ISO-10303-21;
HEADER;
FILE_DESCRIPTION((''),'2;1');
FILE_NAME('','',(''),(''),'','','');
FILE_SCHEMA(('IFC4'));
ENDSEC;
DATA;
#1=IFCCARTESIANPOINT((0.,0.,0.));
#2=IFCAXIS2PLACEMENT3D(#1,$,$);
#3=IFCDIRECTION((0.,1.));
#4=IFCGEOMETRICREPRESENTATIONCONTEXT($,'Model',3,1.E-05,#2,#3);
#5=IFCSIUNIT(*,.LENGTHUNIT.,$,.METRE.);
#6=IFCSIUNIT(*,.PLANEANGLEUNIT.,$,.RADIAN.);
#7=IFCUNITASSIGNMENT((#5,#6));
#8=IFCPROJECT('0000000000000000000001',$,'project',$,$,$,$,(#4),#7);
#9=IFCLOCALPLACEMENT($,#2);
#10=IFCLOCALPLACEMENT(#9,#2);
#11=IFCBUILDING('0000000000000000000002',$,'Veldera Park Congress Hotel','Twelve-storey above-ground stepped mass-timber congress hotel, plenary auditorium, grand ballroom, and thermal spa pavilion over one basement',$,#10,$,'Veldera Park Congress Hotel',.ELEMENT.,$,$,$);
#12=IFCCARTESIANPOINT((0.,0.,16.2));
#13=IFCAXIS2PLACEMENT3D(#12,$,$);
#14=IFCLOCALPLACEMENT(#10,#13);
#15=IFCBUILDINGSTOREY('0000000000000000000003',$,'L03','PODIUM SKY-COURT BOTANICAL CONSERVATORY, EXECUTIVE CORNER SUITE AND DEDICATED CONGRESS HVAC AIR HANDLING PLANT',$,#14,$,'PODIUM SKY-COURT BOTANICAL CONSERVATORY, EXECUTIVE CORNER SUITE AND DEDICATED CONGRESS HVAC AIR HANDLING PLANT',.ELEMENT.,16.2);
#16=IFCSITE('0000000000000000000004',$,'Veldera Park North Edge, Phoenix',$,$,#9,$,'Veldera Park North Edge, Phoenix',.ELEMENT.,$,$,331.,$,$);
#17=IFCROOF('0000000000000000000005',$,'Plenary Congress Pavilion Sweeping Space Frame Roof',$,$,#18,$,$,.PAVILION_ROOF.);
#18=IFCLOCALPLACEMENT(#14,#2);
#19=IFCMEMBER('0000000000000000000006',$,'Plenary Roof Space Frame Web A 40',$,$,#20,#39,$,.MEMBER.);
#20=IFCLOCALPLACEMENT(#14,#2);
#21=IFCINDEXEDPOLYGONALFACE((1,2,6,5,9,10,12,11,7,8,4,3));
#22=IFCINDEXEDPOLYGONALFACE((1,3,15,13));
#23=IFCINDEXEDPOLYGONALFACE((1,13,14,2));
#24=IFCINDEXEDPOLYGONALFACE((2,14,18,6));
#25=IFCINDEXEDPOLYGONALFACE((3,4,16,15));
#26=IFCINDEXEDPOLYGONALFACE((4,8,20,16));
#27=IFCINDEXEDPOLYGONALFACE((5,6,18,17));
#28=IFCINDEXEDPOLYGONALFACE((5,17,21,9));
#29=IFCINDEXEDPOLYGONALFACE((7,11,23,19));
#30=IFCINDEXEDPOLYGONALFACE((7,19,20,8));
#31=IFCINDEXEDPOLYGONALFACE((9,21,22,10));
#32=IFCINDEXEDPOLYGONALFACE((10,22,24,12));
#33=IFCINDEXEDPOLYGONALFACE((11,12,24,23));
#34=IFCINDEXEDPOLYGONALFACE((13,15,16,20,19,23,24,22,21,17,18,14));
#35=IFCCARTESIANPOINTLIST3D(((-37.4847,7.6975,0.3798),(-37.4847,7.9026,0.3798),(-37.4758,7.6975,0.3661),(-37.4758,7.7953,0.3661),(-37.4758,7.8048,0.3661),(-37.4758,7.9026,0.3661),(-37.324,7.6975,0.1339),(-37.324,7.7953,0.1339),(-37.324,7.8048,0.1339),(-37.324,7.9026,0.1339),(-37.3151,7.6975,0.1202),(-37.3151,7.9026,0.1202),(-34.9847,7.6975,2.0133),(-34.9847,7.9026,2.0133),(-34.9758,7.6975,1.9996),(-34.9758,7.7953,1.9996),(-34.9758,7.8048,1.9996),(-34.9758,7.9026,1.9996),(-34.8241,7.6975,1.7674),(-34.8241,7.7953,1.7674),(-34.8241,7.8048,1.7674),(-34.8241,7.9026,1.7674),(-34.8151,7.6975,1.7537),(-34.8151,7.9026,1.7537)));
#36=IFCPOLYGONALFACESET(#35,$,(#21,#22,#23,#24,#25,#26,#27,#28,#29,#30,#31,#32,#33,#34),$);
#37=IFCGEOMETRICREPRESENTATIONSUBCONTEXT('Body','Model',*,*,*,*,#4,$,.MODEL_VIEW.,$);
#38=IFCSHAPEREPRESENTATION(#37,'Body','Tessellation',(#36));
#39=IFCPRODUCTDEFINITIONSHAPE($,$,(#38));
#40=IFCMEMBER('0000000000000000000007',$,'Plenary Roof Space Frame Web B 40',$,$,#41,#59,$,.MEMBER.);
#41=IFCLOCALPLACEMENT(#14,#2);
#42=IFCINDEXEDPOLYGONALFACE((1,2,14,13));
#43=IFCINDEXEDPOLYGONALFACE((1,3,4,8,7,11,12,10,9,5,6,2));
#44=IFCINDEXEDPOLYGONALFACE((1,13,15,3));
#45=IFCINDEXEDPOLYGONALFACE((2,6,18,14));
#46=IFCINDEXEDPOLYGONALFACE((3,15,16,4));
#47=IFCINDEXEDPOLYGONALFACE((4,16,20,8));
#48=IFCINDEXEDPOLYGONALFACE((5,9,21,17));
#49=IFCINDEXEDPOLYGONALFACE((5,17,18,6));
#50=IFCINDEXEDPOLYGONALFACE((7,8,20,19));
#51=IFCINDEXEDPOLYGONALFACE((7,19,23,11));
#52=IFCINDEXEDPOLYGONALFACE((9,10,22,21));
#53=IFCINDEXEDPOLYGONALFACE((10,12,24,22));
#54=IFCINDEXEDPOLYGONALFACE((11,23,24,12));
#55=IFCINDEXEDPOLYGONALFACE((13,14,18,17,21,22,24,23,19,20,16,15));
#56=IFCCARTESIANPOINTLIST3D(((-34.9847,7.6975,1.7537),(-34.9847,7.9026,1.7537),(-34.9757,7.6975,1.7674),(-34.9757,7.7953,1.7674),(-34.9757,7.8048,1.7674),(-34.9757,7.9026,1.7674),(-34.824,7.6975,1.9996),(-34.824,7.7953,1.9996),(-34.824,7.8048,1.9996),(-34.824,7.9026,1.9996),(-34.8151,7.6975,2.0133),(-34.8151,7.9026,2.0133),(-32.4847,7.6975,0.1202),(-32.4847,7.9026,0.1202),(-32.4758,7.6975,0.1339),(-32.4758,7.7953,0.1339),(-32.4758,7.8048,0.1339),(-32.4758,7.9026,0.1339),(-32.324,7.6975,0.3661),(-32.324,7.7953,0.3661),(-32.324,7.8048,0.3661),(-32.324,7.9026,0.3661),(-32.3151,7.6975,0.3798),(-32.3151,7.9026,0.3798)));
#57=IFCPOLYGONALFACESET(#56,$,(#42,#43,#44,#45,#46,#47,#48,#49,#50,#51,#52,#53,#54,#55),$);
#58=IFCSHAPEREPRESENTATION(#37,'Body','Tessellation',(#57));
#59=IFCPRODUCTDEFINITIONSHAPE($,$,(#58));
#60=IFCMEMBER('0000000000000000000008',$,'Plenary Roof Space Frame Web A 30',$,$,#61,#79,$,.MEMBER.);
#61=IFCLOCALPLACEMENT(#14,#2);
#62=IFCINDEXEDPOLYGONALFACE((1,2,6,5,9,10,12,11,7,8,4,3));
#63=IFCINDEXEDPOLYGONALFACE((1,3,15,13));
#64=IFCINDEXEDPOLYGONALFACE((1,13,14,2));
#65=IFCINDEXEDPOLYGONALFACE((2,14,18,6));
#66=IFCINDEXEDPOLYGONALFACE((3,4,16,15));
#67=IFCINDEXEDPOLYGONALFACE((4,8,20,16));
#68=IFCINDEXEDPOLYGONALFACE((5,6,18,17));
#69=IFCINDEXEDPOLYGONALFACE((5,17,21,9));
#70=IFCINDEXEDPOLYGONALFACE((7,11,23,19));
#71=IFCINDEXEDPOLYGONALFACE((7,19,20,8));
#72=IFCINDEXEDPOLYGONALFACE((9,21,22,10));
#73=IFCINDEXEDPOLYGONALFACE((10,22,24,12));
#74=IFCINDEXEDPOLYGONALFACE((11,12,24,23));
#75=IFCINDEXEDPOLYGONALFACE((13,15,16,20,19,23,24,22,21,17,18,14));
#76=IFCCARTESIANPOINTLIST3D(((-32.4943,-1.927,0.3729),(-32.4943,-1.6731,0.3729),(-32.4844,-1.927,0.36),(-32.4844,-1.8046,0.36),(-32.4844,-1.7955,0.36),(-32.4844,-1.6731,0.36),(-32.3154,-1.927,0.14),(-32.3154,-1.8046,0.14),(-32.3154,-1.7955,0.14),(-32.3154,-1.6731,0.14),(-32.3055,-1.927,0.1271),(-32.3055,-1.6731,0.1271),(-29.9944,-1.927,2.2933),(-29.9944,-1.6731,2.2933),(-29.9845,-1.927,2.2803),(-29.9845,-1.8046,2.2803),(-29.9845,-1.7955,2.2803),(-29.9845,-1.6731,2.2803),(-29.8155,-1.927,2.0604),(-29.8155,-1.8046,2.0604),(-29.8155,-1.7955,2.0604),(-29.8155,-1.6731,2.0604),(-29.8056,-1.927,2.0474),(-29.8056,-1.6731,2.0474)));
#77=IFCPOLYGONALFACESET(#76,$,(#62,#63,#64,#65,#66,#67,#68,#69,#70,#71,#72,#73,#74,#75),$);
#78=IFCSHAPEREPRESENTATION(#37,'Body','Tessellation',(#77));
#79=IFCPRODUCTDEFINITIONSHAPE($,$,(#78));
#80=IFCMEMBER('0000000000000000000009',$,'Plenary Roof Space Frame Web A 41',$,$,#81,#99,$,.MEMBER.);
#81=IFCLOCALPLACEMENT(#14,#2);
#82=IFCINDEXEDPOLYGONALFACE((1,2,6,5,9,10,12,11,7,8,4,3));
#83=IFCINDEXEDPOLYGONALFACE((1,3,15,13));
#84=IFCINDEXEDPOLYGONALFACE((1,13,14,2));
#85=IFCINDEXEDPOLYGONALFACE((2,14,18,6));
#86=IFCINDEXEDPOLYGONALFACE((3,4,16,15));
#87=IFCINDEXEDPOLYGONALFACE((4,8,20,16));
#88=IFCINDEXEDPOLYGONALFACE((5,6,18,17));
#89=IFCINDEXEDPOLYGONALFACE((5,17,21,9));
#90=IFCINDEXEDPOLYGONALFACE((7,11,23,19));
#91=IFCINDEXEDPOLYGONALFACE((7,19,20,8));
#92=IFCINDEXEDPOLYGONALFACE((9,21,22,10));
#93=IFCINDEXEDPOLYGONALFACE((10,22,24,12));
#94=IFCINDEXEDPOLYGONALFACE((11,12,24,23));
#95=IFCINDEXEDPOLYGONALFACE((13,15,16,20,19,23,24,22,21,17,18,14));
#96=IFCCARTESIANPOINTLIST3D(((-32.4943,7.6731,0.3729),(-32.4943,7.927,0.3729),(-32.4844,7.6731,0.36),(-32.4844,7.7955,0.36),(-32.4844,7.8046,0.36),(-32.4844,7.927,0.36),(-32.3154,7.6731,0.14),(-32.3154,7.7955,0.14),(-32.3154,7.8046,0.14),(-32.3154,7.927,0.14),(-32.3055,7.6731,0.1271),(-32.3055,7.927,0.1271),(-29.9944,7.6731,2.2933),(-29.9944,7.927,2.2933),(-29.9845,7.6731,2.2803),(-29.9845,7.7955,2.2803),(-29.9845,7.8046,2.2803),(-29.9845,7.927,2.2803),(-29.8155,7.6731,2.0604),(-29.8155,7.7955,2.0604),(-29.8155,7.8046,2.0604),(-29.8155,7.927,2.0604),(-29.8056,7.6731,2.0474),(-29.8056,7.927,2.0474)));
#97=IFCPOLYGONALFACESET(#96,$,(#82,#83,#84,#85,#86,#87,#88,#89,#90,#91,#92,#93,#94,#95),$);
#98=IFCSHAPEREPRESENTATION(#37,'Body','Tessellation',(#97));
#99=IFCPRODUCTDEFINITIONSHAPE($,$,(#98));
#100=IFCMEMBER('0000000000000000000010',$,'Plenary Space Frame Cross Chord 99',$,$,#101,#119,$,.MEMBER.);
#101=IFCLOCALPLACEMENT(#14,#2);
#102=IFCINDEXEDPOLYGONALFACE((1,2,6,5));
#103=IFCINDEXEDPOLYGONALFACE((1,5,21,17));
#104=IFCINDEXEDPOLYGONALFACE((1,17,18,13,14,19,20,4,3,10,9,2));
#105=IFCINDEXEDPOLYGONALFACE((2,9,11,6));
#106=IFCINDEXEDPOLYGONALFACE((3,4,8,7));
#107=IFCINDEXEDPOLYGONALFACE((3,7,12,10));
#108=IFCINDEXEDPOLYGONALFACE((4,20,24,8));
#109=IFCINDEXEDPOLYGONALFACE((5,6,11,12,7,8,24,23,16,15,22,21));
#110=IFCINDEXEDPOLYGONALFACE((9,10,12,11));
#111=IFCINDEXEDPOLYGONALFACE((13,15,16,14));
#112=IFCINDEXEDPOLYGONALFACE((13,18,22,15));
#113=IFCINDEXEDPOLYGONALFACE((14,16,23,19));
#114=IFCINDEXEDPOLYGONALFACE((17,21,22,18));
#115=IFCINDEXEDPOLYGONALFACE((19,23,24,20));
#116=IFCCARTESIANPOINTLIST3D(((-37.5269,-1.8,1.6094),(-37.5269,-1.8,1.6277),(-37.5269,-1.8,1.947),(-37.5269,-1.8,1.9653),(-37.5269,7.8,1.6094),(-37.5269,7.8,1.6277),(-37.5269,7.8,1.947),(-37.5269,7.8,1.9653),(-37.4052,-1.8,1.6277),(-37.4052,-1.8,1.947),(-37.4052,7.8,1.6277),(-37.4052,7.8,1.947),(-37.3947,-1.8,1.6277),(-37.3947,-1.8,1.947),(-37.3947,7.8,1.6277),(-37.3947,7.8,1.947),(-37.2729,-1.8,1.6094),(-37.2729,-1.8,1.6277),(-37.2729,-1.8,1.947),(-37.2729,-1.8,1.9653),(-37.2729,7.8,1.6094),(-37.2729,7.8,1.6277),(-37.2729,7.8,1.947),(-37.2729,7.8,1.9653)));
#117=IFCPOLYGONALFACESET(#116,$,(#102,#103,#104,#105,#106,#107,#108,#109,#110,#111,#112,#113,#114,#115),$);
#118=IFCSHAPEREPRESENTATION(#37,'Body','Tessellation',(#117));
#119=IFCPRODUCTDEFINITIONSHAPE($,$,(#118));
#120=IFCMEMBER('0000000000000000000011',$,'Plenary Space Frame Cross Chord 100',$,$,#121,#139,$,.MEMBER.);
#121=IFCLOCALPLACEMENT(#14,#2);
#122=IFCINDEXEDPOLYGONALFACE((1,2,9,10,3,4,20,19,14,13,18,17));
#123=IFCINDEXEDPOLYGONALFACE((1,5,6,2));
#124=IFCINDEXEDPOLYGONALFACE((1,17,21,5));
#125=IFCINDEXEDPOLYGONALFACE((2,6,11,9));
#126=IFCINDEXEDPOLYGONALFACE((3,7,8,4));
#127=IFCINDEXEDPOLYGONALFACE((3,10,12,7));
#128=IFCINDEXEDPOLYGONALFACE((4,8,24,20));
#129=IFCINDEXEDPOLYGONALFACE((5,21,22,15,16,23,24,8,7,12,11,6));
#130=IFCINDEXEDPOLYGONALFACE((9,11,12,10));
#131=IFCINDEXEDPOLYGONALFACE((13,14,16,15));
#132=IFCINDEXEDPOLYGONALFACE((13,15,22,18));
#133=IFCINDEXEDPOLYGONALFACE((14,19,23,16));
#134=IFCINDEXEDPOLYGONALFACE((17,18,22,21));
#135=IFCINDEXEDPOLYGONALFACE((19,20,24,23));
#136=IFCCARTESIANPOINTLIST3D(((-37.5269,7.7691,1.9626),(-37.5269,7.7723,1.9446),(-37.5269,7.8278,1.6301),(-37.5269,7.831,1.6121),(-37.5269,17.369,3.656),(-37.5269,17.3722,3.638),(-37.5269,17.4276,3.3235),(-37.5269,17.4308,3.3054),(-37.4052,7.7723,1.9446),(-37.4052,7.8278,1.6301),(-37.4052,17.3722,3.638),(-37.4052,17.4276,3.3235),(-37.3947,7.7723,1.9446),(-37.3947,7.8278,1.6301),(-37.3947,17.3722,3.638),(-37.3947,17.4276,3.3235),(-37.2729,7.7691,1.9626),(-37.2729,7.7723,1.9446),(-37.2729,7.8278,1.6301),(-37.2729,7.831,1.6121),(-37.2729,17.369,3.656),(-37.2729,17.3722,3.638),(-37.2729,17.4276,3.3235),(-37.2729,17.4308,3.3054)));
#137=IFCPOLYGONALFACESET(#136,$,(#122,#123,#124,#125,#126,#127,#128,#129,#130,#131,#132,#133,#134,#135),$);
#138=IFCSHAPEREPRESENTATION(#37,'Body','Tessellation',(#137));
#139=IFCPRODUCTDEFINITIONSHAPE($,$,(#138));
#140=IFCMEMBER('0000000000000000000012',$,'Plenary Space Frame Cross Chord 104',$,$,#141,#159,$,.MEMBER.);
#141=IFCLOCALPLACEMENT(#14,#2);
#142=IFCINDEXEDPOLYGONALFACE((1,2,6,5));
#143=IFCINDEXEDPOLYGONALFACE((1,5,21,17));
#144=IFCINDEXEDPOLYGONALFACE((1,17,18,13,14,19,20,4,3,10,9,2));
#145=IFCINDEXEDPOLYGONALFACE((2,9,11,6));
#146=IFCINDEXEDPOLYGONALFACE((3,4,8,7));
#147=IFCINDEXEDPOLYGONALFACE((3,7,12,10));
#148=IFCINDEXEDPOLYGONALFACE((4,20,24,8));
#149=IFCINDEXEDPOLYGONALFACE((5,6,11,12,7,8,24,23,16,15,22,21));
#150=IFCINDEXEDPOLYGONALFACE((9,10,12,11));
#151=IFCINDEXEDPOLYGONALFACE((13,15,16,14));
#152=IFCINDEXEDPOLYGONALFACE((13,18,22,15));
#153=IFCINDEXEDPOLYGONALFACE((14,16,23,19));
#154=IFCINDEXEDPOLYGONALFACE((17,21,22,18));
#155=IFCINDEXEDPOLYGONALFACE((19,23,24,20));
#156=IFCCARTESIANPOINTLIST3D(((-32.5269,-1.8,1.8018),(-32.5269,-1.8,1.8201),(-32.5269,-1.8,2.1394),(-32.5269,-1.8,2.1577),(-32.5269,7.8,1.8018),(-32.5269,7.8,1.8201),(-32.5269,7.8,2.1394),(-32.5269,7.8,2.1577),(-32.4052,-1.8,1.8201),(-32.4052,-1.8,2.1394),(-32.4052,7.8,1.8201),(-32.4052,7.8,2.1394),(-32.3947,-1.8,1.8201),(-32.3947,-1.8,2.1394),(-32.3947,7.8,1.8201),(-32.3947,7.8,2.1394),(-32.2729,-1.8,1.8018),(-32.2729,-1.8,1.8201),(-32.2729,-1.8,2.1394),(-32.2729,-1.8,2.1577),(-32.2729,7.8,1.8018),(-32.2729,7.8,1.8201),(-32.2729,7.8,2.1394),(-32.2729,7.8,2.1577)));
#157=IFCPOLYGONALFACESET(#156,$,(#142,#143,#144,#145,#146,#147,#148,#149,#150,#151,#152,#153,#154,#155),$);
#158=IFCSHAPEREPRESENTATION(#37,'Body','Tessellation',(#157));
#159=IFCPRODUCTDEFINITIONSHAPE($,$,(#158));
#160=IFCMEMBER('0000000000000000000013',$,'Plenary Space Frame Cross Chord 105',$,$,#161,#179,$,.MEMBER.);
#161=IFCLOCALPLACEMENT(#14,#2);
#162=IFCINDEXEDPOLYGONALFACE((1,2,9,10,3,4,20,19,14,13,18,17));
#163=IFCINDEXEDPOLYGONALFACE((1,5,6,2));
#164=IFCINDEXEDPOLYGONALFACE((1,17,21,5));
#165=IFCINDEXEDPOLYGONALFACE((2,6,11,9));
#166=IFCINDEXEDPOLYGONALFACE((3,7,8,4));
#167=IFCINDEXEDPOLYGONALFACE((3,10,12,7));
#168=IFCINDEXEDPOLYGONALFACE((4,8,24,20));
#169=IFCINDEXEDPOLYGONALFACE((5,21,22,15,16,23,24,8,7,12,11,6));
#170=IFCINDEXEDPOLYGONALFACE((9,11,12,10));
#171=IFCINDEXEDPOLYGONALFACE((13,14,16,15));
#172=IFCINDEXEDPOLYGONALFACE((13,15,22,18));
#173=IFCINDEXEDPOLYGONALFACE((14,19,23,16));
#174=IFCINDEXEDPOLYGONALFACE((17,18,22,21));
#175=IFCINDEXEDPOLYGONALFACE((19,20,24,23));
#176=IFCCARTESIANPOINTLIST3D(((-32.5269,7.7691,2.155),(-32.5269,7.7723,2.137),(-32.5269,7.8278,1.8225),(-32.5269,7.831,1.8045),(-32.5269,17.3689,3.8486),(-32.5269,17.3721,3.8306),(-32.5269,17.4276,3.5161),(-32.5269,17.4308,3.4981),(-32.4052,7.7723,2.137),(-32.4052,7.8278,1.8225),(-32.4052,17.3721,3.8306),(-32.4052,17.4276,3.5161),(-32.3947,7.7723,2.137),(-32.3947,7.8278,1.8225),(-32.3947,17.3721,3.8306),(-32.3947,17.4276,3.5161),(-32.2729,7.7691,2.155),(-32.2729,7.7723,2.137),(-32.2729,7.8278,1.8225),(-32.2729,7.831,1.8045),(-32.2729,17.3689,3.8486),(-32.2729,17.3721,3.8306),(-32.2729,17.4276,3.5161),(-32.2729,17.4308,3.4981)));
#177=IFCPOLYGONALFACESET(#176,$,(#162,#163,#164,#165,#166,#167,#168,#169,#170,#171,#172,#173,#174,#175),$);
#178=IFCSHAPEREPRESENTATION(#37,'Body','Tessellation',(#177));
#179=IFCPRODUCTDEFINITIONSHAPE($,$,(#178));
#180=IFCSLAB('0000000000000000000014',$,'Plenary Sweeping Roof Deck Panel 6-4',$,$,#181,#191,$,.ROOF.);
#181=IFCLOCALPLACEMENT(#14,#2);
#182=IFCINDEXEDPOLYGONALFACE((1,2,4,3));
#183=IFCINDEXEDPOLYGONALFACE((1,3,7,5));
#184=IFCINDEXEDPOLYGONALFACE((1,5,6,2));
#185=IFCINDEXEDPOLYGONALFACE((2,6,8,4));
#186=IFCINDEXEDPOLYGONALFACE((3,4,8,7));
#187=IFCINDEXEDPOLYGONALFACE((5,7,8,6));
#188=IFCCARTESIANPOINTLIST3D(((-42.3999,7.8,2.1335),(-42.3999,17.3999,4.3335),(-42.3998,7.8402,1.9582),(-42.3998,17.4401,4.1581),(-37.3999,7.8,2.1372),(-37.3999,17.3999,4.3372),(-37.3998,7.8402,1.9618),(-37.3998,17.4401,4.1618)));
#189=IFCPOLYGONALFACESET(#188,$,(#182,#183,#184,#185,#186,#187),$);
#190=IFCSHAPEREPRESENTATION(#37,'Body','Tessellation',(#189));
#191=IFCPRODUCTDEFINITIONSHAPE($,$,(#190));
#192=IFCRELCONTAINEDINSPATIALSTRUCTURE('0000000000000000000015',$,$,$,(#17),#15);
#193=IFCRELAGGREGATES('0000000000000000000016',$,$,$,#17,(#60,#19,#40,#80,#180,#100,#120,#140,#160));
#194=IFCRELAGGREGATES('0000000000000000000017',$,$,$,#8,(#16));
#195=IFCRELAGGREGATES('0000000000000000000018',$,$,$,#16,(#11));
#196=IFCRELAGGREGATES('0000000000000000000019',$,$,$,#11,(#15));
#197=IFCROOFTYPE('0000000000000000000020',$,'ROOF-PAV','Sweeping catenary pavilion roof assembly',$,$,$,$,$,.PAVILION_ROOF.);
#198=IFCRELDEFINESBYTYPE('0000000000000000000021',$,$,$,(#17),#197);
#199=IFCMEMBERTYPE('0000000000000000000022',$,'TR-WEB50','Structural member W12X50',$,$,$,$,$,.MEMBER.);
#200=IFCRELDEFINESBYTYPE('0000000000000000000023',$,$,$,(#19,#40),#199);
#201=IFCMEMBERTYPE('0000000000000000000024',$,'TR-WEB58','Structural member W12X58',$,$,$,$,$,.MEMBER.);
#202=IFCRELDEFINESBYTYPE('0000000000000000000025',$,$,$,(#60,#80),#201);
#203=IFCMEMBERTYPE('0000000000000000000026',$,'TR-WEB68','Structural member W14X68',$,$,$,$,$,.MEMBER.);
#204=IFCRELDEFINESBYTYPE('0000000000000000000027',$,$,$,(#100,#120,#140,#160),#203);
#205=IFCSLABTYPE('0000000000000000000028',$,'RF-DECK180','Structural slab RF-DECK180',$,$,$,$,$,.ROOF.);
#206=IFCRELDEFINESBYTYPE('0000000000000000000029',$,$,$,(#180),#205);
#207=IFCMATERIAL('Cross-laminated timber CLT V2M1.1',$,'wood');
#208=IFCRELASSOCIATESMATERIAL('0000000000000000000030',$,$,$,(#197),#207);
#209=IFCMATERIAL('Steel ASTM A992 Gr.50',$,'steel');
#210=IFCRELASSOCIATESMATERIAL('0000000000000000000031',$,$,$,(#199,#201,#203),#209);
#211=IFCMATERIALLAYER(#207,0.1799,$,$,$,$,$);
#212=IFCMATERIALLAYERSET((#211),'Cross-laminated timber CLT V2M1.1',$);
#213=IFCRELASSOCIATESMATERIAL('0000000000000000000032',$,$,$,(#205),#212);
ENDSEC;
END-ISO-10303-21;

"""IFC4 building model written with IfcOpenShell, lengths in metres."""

from ifc_helpers import new_model, si_unit, direction, frame, origin, origin_2d, place, context, subcontext, project, spatial, polyline, i_section, outline, extrude, material, layer, layer_set, material_profile, profile_set, type_object, element, aggregate, save


model = new_model("IFC4")

# Units and contexts
model_context = context("Model", 3, precision=1e-05, world=origin(), true_north=direction((0.0, 1.0)))
body_context = subcontext(model_context, "Body", "Model", "MODEL_VIEW")
ifc_project = project(units=[si_unit("LENGTHUNIT", "METRE"), si_unit("PLANEANGLEUNIT", "RADIAN")], contexts=[model_context])

# Site, building, storey
site_placement = place(None, origin())
site = spatial("IfcSite", under=ifc_project, at=site_placement, Name="Veldera Park North Edge, Phoenix", LongName="Veldera Park North Edge, Phoenix", CompositionType="ELEMENT", RefElevation=331.0)
building_placement = place(site_placement, origin())
building = spatial("IfcBuilding", under=site, at=building_placement, Name="Veldera Park Congress Hotel", Description="Twelve-storey above-ground stepped mass-timber congress hotel, plenary auditorium, grand ballroom, and thermal spa pavilion over one basement", LongName="Veldera Park Congress Hotel", CompositionType="ELEMENT")
storey_placement = place(building_placement, frame((0.0, 0.0, 16.2)))
storey = spatial("IfcBuildingStorey", under=building, at=storey_placement, Name="L03", Description="PODIUM SKY-COURT BOTANICAL CONSERVATORY, EXECUTIVE CORNER SUITE AND DEDICATED CONGRESS HVAC AIR HANDLING PLANT", LongName="PODIUM SKY-COURT BOTANICAL CONSERVATORY, EXECUTIVE CORNER SUITE AND DEDICATED CONGRESS HVAC AIR HANDLING PLANT", CompositionType="ELEMENT", Elevation=16.2)

# Roof, members, slab
ifc_material_1 = material(Name="Cross-laminated timber CLT V2M1.1", Category="wood")
roof_type = type_object("IfcRoofType", Name="ROOF-PAV", Description="Sweeping catenary pavilion roof assembly", PredefinedType="PAVILION_ROOF", material=ifc_material_1)
roof_placement = place(storey_placement, origin())
roof = element("IfcRoof", 1, at=roof_placement, inside=storey, type_object=roof_type, Name="Plenary Congress Pavilion Sweeping Space Frame Roof", PredefinedType="PAVILION_ROOF")
ifc_material_2 = material(Name="Steel ASTM A992 Gr.50", Category="steel")
ifc_material_profile_1 = material_profile(ifc_material_2, i_section(OverallWidth=0.2051, OverallDepth=0.3101, WebThickness=0.0095, FlangeThickness=0.0164, at=origin_2d()), Name="W12X50")
ifc_profile_set_1 = profile_set([ifc_material_profile_1], Name="Steel ASTM A992 Gr.50")
member_type_1 = type_object("IfcMemberType", Name="TR-WEB50", Description="Structural member W12X50", PredefinedType="MEMBER", material=ifc_profile_set_1)
member_1_placement = place(storey_placement, frame((-37.3999, 7.8, 0.25), z_axis=(0.837134, 0.0, 0.546998), x_axis=(0.0, 1.0, 0.0)))
member_1 = element("IfcMember", 2, at=member_1_placement, type_object=member_type_1, Name="Plenary Roof Space Frame Web A 40", PredefinedType="MEMBER", context=body_context, shape_type="SweptSolid", body=[
    extrude(i_section(OverallWidth=0.2051, OverallDepth=0.3101, WebThickness=0.0095, FlangeThickness=0.0164, at=origin_2d()), origin(), (0.0, 0.0, 1.0), 2.9863),
])
member_2_placement = place(storey_placement, frame((-32.3999, 7.8, 0.25), z_axis=(-0.837134, 0.0, 0.546998), x_axis=(0.0, -1.0, 0.0)))
member_2 = element("IfcMember", 3, at=member_2_placement, type_object=member_type_1, Name="Plenary Roof Space Frame Web B 40", PredefinedType="MEMBER", context=body_context, shape_type="SweptSolid", body=[
    extrude(i_section(OverallWidth=0.2051, OverallDepth=0.3101, WebThickness=0.0095, FlangeThickness=0.0164, at=origin_2d()), origin(), (0.0, 0.0, 1.0), 2.9863),
])
ifc_material_profile_2 = material_profile(ifc_material_2, i_section(OverallWidth=0.2539, OverallDepth=0.3101, WebThickness=0.009, FlangeThickness=0.0164, at=origin_2d()), Name="W12X58")
ifc_profile_set_2 = profile_set([ifc_material_profile_2], Name="Steel ASTM A992 Gr.50")
member_type_2 = type_object("IfcMemberType", Name="TR-WEB58", Description="Structural member W12X58", PredefinedType="MEMBER", material=ifc_profile_set_2)
member_3_placement = place(storey_placement, frame((-32.3999, -1.8, 0.25), z_axis=(0.793033, 0.0, 0.609179), x_axis=(0.0, 1.0, 0.0)))
member_3 = element("IfcMember", 4, at=member_3_placement, type_object=member_type_2, Name="Plenary Roof Space Frame Web A 30", PredefinedType="MEMBER", context=body_context, shape_type="SweptSolid", body=[
    extrude(i_section(OverallWidth=0.2539, OverallDepth=0.3101, WebThickness=0.009, FlangeThickness=0.0164, at=origin_2d()), origin(), (0.0, 0.0, 1.0), 3.1523),
])
member_4_placement = place(storey_placement, frame((-32.3999, 7.8, 0.25), z_axis=(0.793033, 0.0, 0.609179), x_axis=(0.0, 1.0, 0.0)))
member_4 = element("IfcMember", 5, at=member_4_placement, type_object=member_type_2, Name="Plenary Roof Space Frame Web A 41", PredefinedType="MEMBER", context=body_context, shape_type="SweptSolid", body=[
    extrude(i_section(OverallWidth=0.2539, OverallDepth=0.3101, WebThickness=0.009, FlangeThickness=0.0164, at=origin_2d()), origin(), (0.0, 0.0, 1.0), 3.1523),
])
ifc_material_profile_3 = material_profile(ifc_material_2, i_section(OverallWidth=0.2539, OverallDepth=0.356, WebThickness=0.0105, FlangeThickness=0.0183, at=origin_2d()), Name="W14X68")
ifc_profile_set_3 = profile_set([ifc_material_profile_3], Name="Steel ASTM A992 Gr.50")
member_type_3 = type_object("IfcMemberType", Name="TR-WEB68", Description="Structural member W14X68", PredefinedType="MEMBER", material=ifc_profile_set_3)
member_5_placement = place(storey_placement, frame((-37.3999, -1.8, 1.7874), z_axis=(0.0, 1.0, 0.0), x_axis=(-1.0, 0.0, 0.0)))
member_5 = element("IfcMember", 6, at=member_5_placement, type_object=member_type_3, Name="Plenary Space Frame Cross Chord 99", PredefinedType="MEMBER", context=body_context, shape_type="SweptSolid", body=[
    extrude(i_section(OverallWidth=0.2539, OverallDepth=0.356, WebThickness=0.0105, FlangeThickness=0.0183, at=origin_2d()), origin(), (0.0, 0.0, 1.0), 9.6001),
])
member_6_placement = place(storey_placement, frame((-37.3999, 7.8, 1.7874), z_axis=(0.0, 0.984796, 0.173712), x_axis=(-1.0, 0.0, 0.0)))
member_6 = element("IfcMember", 7, at=member_6_placement, type_object=member_type_3, Name="Plenary Space Frame Cross Chord 100", PredefinedType="MEMBER", context=body_context, shape_type="SweptSolid", body=[
    extrude(i_section(OverallWidth=0.2539, OverallDepth=0.356, WebThickness=0.0105, FlangeThickness=0.0183, at=origin_2d()), origin(), (0.0, 0.0, 1.0), 9.748),
])
member_7_placement = place(storey_placement, frame((-32.3999, -1.8, 1.9797), z_axis=(0.0, 1.0, 0.0), x_axis=(-1.0, 0.0, 0.0)))
member_7 = element("IfcMember", 8, at=member_7_placement, type_object=member_type_3, Name="Plenary Space Frame Cross Chord 104", PredefinedType="MEMBER", context=body_context, shape_type="SweptSolid", body=[
    extrude(i_section(OverallWidth=0.2539, OverallDepth=0.356, WebThickness=0.0105, FlangeThickness=0.0183, at=origin_2d()), origin(), (0.0, 0.0, 1.0), 9.6001),
])
member_8_placement = place(storey_placement, frame((-32.3999, 7.8, 1.9797), z_axis=(0.0, 0.984792, 0.173737), x_axis=(-1.0, 0.0, 0.0)))
member_8 = element("IfcMember", 9, at=member_8_placement, type_object=member_type_3, Name="Plenary Space Frame Cross Chord 105", PredefinedType="MEMBER", context=body_context, shape_type="SweptSolid", body=[
    extrude(i_section(OverallWidth=0.2539, OverallDepth=0.356, WebThickness=0.0105, FlangeThickness=0.0183, at=origin_2d()), origin(), (0.0, 0.0, 1.0), 9.748),
])
ifc_layer = layer(ifc_material_1, 0.1799)
ifc_layer_set = layer_set([ifc_layer], Name="Cross-laminated timber CLT V2M1.1")
slab_type = type_object("IfcSlabType", Name="RF-DECK180", Description="Structural slab RF-DECK180", PredefinedType="ROOF", material=ifc_layer_set)
slab_1_placement = place(storey_placement, frame((-42.3999, 7.8, 2.1335), z_axis=(-0.000714, -0.223375, 0.974732), x_axis=(1.0, 0.0, 0.000732)))
slab_1 = element("IfcSlab", 10, at=slab_1_placement, type_object=slab_type, Name="Plenary Sweeping Roof Deck Panel 6-4", PredefinedType="ROOF", context=body_context, shape_type="SweptSolid", body=[
    extrude(outline(polyline([(0.0, 0.0), (5.0, 0.0), (5.0016, 9.8487), (0.0016, 9.8487), (0.0, 0.0)])), origin(), (0.0, 0.0, -1.0), 0.1799),
])
aggregate(roof, [member_3, member_1, member_2, member_4, slab_1, member_5, member_6, member_7, member_8])

save(model, "model.ifc")
